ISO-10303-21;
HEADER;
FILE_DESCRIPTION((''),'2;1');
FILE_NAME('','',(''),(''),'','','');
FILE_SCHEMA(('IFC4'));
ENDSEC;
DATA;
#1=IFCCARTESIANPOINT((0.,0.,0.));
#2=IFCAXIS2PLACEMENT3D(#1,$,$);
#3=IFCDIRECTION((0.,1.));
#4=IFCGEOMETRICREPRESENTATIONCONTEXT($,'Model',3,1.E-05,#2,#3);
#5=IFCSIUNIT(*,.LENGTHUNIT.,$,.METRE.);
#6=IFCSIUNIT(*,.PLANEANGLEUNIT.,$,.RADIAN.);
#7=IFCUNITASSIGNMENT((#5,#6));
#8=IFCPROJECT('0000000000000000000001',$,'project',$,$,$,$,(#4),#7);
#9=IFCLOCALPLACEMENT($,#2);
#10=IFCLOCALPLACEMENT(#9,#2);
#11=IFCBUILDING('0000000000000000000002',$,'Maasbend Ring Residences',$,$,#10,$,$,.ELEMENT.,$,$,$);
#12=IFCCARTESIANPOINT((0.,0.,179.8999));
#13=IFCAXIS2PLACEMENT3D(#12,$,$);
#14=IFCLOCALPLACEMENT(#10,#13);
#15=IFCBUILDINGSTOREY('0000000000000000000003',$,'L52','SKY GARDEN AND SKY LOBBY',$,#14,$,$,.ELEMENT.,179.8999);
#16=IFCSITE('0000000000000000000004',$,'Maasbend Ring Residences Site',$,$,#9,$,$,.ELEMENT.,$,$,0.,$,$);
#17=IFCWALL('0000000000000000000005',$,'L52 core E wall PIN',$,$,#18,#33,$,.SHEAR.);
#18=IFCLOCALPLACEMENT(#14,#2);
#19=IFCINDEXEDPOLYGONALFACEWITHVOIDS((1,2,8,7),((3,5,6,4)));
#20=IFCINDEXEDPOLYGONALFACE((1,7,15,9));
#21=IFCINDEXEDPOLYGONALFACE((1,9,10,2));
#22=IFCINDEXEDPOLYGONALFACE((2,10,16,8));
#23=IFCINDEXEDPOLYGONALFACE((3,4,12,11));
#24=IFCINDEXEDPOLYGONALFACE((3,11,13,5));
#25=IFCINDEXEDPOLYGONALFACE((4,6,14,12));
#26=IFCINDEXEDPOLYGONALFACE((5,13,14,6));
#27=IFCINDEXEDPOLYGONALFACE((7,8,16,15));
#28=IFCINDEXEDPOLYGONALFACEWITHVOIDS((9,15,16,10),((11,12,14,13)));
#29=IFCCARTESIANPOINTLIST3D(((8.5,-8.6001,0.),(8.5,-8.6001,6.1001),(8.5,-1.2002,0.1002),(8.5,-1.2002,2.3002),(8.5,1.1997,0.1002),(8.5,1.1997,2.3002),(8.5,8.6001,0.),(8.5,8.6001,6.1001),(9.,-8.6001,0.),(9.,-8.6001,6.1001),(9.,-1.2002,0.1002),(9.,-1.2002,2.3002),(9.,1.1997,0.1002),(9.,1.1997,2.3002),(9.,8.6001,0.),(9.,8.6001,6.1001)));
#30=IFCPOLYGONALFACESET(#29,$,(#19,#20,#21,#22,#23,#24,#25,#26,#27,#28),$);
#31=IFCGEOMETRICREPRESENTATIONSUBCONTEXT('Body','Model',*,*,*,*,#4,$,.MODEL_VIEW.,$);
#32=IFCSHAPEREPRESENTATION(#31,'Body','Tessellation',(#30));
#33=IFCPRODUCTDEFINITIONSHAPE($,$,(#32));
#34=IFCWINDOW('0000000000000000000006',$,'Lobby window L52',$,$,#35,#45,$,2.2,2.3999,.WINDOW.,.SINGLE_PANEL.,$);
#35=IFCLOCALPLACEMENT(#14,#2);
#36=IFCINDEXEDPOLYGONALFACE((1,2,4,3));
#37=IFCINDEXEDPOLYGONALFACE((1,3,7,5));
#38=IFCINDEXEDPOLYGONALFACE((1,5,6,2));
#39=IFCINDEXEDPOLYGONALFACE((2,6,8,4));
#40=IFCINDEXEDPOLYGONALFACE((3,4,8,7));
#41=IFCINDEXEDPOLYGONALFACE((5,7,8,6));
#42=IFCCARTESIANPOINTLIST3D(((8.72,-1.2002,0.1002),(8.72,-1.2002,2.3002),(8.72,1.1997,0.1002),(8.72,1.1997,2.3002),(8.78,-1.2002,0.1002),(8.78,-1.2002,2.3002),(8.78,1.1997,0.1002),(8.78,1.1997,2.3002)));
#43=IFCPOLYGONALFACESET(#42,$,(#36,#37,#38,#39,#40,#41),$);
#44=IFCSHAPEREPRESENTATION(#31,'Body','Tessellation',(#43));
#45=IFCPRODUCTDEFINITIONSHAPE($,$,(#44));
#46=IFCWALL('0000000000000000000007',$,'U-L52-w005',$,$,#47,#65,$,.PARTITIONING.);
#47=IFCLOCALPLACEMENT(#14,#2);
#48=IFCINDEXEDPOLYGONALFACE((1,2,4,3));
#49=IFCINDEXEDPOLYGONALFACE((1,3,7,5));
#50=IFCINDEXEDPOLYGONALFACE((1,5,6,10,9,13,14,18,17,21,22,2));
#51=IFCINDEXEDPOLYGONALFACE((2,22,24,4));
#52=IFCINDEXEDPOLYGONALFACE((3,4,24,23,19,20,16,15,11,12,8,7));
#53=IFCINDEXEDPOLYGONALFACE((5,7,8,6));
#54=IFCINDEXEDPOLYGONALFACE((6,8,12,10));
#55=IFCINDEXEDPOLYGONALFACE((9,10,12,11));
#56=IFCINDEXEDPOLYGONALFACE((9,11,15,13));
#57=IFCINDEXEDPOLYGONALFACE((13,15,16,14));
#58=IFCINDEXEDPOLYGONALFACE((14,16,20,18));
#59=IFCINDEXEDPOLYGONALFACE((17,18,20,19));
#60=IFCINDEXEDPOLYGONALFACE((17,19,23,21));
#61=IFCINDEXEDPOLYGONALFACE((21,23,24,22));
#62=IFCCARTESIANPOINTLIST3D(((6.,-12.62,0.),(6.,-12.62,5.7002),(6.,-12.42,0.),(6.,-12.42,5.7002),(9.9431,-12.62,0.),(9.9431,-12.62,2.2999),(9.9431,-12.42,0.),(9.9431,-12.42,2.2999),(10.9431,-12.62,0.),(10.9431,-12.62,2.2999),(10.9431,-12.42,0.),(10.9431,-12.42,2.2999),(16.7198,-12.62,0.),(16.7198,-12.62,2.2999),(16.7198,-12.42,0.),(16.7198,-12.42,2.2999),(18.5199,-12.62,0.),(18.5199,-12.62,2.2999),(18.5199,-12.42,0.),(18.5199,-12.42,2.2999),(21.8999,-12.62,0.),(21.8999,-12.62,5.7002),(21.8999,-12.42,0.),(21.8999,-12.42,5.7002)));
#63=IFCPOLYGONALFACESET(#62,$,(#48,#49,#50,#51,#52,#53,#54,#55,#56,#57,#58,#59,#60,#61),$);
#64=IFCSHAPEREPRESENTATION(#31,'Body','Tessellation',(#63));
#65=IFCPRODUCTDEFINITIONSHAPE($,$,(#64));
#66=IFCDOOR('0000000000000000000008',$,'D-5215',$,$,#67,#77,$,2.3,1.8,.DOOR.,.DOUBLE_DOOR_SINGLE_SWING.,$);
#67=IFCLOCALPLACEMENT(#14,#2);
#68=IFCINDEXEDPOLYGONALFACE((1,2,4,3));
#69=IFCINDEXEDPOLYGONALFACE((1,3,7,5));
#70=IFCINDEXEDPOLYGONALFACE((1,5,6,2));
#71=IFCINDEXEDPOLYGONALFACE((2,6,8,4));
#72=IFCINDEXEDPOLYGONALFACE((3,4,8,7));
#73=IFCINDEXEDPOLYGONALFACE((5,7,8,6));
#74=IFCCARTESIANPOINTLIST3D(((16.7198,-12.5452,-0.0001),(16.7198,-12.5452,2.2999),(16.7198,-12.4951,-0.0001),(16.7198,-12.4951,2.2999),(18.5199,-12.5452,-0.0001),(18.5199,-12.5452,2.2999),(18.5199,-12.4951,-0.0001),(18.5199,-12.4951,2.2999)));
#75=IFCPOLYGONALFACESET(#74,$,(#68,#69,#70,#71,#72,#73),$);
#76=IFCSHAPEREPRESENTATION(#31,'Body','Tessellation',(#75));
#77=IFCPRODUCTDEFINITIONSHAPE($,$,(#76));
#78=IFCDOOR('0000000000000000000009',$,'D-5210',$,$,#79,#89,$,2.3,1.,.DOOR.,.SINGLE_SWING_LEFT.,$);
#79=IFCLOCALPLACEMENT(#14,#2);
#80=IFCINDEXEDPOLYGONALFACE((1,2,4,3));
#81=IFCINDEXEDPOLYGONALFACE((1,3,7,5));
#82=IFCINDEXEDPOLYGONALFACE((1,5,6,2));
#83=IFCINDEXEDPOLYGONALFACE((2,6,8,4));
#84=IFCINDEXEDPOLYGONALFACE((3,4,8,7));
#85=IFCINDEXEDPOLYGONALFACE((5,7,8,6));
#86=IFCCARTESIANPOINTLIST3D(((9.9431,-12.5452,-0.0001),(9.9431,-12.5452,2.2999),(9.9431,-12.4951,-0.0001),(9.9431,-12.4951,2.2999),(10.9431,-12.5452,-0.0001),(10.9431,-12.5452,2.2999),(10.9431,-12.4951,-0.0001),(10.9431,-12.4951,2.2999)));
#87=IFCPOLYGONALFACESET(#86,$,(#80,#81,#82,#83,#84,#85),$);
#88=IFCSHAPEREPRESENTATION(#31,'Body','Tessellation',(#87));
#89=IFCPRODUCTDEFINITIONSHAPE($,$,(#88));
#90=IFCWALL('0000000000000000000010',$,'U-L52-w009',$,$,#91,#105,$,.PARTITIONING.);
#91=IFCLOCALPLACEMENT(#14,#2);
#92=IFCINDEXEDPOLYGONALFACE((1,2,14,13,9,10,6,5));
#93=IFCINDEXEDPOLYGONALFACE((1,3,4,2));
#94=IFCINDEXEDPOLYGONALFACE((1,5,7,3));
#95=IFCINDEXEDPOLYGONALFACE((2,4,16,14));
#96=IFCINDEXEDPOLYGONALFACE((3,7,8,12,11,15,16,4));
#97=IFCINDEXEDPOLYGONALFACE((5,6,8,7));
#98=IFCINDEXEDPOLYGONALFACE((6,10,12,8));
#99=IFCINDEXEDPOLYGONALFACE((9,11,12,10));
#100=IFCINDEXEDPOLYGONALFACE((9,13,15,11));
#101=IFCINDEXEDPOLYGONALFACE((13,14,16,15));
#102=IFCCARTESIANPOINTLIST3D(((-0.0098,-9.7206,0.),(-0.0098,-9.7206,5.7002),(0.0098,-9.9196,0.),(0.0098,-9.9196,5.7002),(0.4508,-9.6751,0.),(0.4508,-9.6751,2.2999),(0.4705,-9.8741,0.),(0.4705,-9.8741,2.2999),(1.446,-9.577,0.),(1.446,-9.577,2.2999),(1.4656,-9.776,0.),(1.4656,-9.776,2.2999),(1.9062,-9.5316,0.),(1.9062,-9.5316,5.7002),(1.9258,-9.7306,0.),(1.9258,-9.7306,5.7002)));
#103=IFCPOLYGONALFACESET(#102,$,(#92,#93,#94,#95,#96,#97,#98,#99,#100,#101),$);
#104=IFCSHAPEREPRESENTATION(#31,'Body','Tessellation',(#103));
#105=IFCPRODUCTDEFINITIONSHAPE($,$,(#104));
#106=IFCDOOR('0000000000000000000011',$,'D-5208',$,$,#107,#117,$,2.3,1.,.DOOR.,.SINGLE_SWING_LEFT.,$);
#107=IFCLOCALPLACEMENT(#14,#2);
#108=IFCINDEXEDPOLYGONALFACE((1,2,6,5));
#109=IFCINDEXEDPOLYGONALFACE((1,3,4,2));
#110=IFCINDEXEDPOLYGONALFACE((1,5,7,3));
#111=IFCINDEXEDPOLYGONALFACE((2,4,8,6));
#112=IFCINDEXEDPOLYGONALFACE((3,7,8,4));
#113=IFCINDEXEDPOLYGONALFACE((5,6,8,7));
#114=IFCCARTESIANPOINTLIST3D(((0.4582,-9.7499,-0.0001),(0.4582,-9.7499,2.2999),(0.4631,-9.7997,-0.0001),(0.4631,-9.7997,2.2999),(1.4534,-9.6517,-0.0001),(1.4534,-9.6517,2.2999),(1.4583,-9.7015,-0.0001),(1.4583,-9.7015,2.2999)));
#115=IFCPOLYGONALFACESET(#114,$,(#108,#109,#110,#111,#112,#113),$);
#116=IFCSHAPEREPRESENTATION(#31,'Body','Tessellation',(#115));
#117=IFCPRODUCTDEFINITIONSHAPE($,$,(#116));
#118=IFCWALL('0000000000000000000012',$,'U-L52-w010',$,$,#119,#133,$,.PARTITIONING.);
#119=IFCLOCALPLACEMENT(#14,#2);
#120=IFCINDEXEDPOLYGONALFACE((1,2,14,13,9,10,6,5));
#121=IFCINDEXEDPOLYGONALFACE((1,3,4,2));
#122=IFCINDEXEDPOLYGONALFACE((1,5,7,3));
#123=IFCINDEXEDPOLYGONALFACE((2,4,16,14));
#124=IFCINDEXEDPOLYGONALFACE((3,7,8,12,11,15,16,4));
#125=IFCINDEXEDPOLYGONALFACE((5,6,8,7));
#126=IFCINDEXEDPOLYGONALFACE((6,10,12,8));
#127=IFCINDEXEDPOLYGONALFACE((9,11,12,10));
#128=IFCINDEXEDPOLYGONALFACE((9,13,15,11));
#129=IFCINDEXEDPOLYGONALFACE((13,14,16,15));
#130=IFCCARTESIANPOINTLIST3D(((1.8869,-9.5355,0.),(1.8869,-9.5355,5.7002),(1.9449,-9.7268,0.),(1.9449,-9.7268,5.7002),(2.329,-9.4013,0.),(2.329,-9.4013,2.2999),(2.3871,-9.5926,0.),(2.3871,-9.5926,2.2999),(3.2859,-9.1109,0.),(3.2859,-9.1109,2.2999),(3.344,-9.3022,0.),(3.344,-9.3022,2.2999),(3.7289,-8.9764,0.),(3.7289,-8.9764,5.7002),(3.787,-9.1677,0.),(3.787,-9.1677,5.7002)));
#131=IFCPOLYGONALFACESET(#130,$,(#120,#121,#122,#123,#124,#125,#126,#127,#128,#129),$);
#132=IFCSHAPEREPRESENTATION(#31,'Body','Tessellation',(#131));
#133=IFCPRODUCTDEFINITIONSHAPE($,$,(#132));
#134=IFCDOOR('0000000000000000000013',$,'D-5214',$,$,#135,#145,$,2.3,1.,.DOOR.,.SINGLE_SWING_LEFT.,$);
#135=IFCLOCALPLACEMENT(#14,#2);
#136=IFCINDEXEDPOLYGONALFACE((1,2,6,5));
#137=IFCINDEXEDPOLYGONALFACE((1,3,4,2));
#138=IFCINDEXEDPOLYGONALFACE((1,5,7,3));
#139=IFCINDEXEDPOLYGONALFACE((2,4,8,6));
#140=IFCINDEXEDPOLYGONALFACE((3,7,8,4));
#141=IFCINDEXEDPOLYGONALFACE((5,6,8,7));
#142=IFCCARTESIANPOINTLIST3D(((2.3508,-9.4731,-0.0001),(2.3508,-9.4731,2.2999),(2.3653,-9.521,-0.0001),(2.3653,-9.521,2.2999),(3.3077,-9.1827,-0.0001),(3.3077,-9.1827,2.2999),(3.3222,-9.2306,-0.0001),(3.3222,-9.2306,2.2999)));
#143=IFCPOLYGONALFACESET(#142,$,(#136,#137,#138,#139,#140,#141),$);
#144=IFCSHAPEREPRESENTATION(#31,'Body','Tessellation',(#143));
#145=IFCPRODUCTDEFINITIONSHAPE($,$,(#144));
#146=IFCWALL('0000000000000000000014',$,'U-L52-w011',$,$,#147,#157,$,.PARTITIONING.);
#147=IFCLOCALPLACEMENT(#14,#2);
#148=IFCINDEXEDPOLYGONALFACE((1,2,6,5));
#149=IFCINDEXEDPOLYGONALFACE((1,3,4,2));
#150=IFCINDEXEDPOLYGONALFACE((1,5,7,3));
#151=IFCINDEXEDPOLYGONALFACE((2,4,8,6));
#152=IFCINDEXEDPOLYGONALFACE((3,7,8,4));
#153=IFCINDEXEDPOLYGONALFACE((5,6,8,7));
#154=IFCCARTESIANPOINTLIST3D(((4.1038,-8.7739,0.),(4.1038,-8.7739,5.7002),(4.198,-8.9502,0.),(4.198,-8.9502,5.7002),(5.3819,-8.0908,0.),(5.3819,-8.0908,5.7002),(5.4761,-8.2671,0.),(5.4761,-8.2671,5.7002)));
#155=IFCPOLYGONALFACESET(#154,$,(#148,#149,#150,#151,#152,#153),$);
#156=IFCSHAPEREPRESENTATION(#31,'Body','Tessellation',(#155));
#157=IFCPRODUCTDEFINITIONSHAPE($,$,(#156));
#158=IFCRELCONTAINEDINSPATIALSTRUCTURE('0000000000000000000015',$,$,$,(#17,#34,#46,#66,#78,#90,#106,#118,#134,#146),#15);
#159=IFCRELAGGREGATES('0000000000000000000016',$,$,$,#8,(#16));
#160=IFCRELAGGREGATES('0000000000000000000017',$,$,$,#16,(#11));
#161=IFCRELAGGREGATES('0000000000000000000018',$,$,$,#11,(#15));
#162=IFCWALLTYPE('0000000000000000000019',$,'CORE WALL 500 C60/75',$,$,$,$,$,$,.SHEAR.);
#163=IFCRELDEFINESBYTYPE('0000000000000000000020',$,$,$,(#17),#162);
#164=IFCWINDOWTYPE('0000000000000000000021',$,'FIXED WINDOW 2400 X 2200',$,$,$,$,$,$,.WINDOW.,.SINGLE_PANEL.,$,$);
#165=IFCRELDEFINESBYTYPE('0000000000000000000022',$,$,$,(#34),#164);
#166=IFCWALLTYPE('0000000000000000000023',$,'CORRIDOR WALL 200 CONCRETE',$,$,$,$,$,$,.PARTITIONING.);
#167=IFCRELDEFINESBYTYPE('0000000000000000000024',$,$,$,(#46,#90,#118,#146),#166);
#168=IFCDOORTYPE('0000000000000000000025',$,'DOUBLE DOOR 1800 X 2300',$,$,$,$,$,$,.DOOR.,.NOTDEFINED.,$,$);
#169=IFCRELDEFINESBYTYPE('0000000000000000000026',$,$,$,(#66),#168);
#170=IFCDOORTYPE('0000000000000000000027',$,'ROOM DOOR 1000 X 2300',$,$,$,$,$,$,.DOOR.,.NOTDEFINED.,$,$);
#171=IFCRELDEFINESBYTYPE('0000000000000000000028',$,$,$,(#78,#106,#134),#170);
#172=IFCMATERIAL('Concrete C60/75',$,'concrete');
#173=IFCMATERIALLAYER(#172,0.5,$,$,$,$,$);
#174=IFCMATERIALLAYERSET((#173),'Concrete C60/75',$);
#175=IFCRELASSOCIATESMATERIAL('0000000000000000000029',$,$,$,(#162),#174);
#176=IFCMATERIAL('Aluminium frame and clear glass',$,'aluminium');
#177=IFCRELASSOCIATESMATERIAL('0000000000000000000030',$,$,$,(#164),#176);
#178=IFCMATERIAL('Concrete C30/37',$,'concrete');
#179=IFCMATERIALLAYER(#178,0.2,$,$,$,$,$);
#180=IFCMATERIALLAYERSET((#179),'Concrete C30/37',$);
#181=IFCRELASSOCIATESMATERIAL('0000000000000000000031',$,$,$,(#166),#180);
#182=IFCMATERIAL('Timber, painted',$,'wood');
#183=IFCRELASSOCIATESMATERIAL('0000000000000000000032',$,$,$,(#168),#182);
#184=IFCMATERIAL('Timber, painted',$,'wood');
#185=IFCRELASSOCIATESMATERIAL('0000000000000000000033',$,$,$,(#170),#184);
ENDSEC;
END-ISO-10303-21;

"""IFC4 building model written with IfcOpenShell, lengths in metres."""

from ifc_helpers import new_model, si_unit, direction, frame, frame_2d, origin, place, context, subcontext, project, spatial, rectangle, extrude, material, layer, layer_set, type_object, element, fill, save


model = new_model("IFC4")

# Units and contexts
model_context = context("Model", 3, precision=1e-05, world=origin(), true_north=direction((0.0, 1.0)))
body_context = subcontext(model_context, "Body", "Model", "MODEL_VIEW")
ifc_project = project(units=[si_unit("LENGTHUNIT", "METRE"), si_unit("PLANEANGLEUNIT", "RADIAN")], contexts=[model_context])

# Site, building, storey
site_placement = place(None, origin())
site = spatial("IfcSite", under=ifc_project, at=site_placement, Name="Maasbend Ring Residences Site", CompositionType="ELEMENT", RefElevation=0.0)
building_placement = place(site_placement, origin())
building = spatial("IfcBuilding", under=site, at=building_placement, Name="Maasbend Ring Residences", CompositionType="ELEMENT")
storey_placement = place(building_placement, frame((0.0, 0.0, 179.8999)))
storey = spatial("IfcBuildingStorey", under=building, at=storey_placement, Name="L52", Description="SKY GARDEN AND SKY LOBBY", CompositionType="ELEMENT", Elevation=179.8999)

# Shared definitions
ifc_material_1 = material(Name="Concrete C60/75", Category="concrete")
ifc_layer_1 = layer(ifc_material_1, 0.5)
ifc_layer_set_1 = layer_set([ifc_layer_1], Name="Concrete C60/75")
wall_type_1 = type_object("IfcWallType", Name="CORE WALL 500 C60/75", PredefinedType="SHEAR", material=ifc_layer_set_1)

# Wall, opening, window
wall_1_placement = place(storey_placement, frame((8.75, -8.6001, 0.0), z_axis=(0.0, 0.0, 1.0), x_axis=(0.0, 1.0, 0.0)))
wall_1 = element("IfcWall", 1, at=wall_1_placement, inside=storey, type_object=wall_type_1, Name="L52 core E wall PIN", PredefinedType="SHEAR", context=body_context, shape_type="SweptSolid", body=[
    extrude(rectangle(XDim=17.2002, YDim=0.5, at=frame_2d((8.6001, 0.0))), origin(), (0.0, 0.0, 1.0), 6.1001),
])
opening_1_placement = place(wall_1_placement, frame((7.3999, 0.0, 0.1001)))
opening_1 = element("IfcOpeningElement", 2, at=opening_1_placement, cuts=wall_1, PredefinedType="OPENING", context=body_context, shape_type="SweptSolid", body=[
    extrude(rectangle(XDim=2.3999, YDim=2.2, at=frame_2d((1.2, 1.1001))), frame((0.0, 0.26, 0.0), z_axis=(0.0, -1.0, 0.0), x_axis=(1.0, 0.0, 0.0)), (0.0, 0.0, 1.0), 0.52),
])
ifc_material_2 = material(Name="Aluminium frame and clear glass", Category="aluminium")
window_type = type_object("IfcWindowType", Name="FIXED WINDOW 2400 X 2200", PartitioningType="SINGLE_PANEL", PredefinedType="WINDOW", material=ifc_material_2)
window_placement = place(opening_1_placement, origin())
window = element("IfcWindow", 3, at=window_placement, inside=storey, type_object=window_type, Name="Lobby window L52", OverallHeight=2.2, OverallWidth=2.3999, PartitioningType="SINGLE_PANEL", PredefinedType="WINDOW", context=body_context, shape_type="SweptSolid", body=[
    extrude(rectangle(XDim=2.3999, YDim=2.2, at=frame_2d((1.2, 1.1001))), frame((0.0, 0.03, 0.0), z_axis=(0.0, -1.0, 0.0), x_axis=(1.0, 0.0, 0.0)), (0.0, 0.0, 1.0), 0.0601),
])
fill(opening_1, window)

# Wall, openings, doors
ifc_material_3 = material(Name="Concrete C30/37", Category="concrete")
ifc_layer_2 = layer(ifc_material_3, 0.2)
ifc_layer_set_2 = layer_set([ifc_layer_2], Name="Concrete C30/37")
wall_type_2 = type_object("IfcWallType", Name="CORRIDOR WALL 200 CONCRETE", PredefinedType="PARTITIONING", material=ifc_layer_set_2)
wall_2_placement = place(storey_placement, frame((6.0, -12.52, 0.0), z_axis=(0.0, 0.0, 1.0), x_axis=(1.0, 0.0, 0.0)))
wall_2 = element("IfcWall", 4, at=wall_2_placement, inside=storey, type_object=wall_type_2, Name="U-L52-w005", PredefinedType="PARTITIONING", context=body_context, shape_type="SweptSolid", body=[
    extrude(rectangle(XDim=15.8999, YDim=0.2, at=frame_2d((7.95, 0.0))), origin(), (0.0, 0.0, 1.0), 5.7002),
])
opening_2_placement = place(wall_2_placement, frame((3.9431, 0.0, 0.0)))
opening_2 = element("IfcOpeningElement", 5, at=opening_2_placement, cuts=wall_2, PredefinedType="OPENING", context=body_context, shape_type="SweptSolid", body=[
    extrude(rectangle(XDim=1.0, YDim=2.3, at=frame_2d((0.5, 1.1499))), frame((0.0, 0.1099, 0.0), z_axis=(0.0, -1.0, 0.0), x_axis=(1.0, 0.0, 0.0)), (0.0, 0.0, 1.0), 0.22),
])
opening_3_placement = place(wall_2_placement, frame((10.72, 0.0, 0.0)))
opening_3 = element("IfcOpeningElement", 6, at=opening_3_placement, cuts=wall_2, PredefinedType="OPENING", context=body_context, shape_type="SweptSolid", body=[
    extrude(rectangle(XDim=1.8, YDim=2.3, at=frame_2d((0.8999, 1.1499))), frame((0.0, 0.1099, 0.0), z_axis=(0.0, -1.0, 0.0), x_axis=(1.0, 0.0, 0.0)), (0.0, 0.0, 1.0), 0.22),
])
ifc_material_4 = material(Name="Timber, painted", Category="wood")
door_type_1 = type_object("IfcDoorType", Name="DOUBLE DOOR 1800 X 2300", OperationType="NOTDEFINED", PredefinedType="DOOR", material=ifc_material_4)
door_1_placement = place(opening_3_placement, origin())
door_1 = element("IfcDoor", 7, at=door_1_placement, inside=storey, type_object=door_type_1, Name="D-5215", OperationType="DOUBLE_DOOR_SINGLE_SWING", OverallHeight=2.3, OverallWidth=1.8, PredefinedType="DOOR", context=body_context, shape_type="SweptSolid", body=[
    extrude(rectangle(XDim=1.8, YDim=2.3, at=frame_2d((0.8999, 1.1499))), frame((0.0, 0.0249, 0.0), z_axis=(0.0, -1.0, 0.0), x_axis=(1.0, 0.0, 0.0)), (0.0, 0.0, 1.0), 0.05),
])
fill(opening_3, door_1)
ifc_material_5 = material(Name="Timber, painted", Category="wood")
door_type_2 = type_object("IfcDoorType", Name="ROOM DOOR 1000 X 2300", OperationType="NOTDEFINED", PredefinedType="DOOR", material=ifc_material_5)
door_2_placement = place(opening_2_placement, origin())
door_2 = element("IfcDoor", 8, at=door_2_placement, inside=storey, type_object=door_type_2, Name="D-5210", OperationType="SINGLE_SWING_LEFT", OverallHeight=2.3, OverallWidth=1.0, PredefinedType="DOOR", context=body_context, shape_type="SweptSolid", body=[
    extrude(rectangle(XDim=1.0, YDim=2.3, at=frame_2d((0.5, 1.1499))), frame((0.0, 0.0249, 0.0), z_axis=(0.0, -1.0, 0.0), x_axis=(1.0, 0.0, 0.0)), (0.0, 0.0, 1.0), 0.05),
])
fill(opening_2, door_2)

# Walls, openings, doors
wall_3_placement = place(storey_placement, frame((0.0, -9.8201, 0.0), z_axis=(0.0, 0.0, 1.0), x_axis=(0.995172, 0.098148, 0.0)))
wall_3 = element("IfcWall", 9, at=wall_3_placement, inside=storey, type_object=wall_type_2, Name="U-L52-w009", PredefinedType="PARTITIONING", context=body_context, shape_type="SweptSolid", body=[
    extrude(rectangle(XDim=1.9253, YDim=0.2, at=frame_2d((0.9626, 0.0))), origin(), (0.0, 0.0, 1.0), 5.7002),
])
opening_4_placement = place(wall_3_placement, frame((0.4629, 0.0, 0.0)))
opening_4 = element("IfcOpeningElement", 10, at=opening_4_placement, cuts=wall_3, PredefinedType="OPENING", context=body_context, shape_type="SweptSolid", body=[
    extrude(rectangle(XDim=1.0, YDim=2.3, at=frame_2d((0.5, 1.1499))), frame((0.0, 0.1099, 0.0), z_axis=(0.0, -1.0, 0.0), x_axis=(1.0, 0.0, 0.0)), (0.0, 0.0, 1.0), 0.22),
])
door_3_placement = place(opening_4_placement, origin())
door_3 = element("IfcDoor", 11, at=door_3_placement, inside=storey, type_object=door_type_2, Name="D-5208", OperationType="SINGLE_SWING_LEFT", OverallHeight=2.3, OverallWidth=1.0, PredefinedType="DOOR", context=body_context, shape_type="SweptSolid", body=[
    extrude(rectangle(XDim=1.0, YDim=2.3, at=frame_2d((0.5, 1.1499))), frame((0.0, 0.0249, 0.0), z_axis=(0.0, -1.0, 0.0), x_axis=(1.0, 0.0, 0.0)), (0.0, 0.0, 1.0), 0.05),
])
fill(opening_4, door_3)
wall_4_placement = place(storey_placement, frame((1.916, -9.6311, 0.0), z_axis=(0.0, 0.0, 1.0), x_axis=(0.956896, 0.29043, 0.0)))
wall_4 = element("IfcWall", 12, at=wall_4_placement, inside=storey, type_object=wall_type_2, Name="U-L52-w010", PredefinedType="PARTITIONING", context=body_context, shape_type="SweptSolid", body=[
    extrude(rectangle(XDim=1.925, YDim=0.2, at=frame_2d((0.9624, 0.0))), origin(), (0.0, 0.0, 1.0), 5.7002),
])
opening_5_placement = place(wall_4_placement, frame((0.4619, 0.0, 0.0)))
opening_5 = element("IfcOpeningElement", 13, at=opening_5_placement, cuts=wall_4, PredefinedType="OPENING", context=body_context, shape_type="SweptSolid", body=[
    extrude(rectangle(XDim=1.0, YDim=2.3, at=frame_2d((0.5, 1.1499))), frame((0.0, 0.1099, 0.0), z_axis=(0.0, -1.0, 0.0), x_axis=(1.0, 0.0, 0.0)), (0.0, 0.0, 1.0), 0.22),
])
door_4_placement = place(opening_5_placement, origin())
door_4 = element("IfcDoor", 14, at=door_4_placement, inside=storey, type_object=door_type_2, Name="D-5214", OperationType="SINGLE_SWING_LEFT", OverallHeight=2.3, OverallWidth=1.0, PredefinedType="DOOR", context=body_context, shape_type="SweptSolid", body=[
    extrude(rectangle(XDim=1.0, YDim=2.3, at=frame_2d((0.5, 1.1499))), frame((0.0, 0.0249, 0.0), z_axis=(0.0, -1.0, 0.0), x_axis=(1.0, 0.0, 0.0)), (0.0, 0.0, 1.0), 0.05),
])
fill(opening_5, door_4)

# Wall
wall_5_placement = place(storey_placement, frame((4.1509, -8.8621, 0.0), z_axis=(0.0, 0.0, 1.0), x_axis=(0.881933, 0.471375, 0.0)))
element("IfcWall", 15, at=wall_5_placement, inside=storey, type_object=wall_type_2, Name="U-L52-w011", PredefinedType="PARTITIONING", context=body_context, shape_type="SweptSolid", body=[
    extrude(rectangle(XDim=1.4492, YDim=0.2, at=frame_2d((0.7246, 0.0))), origin(), (0.0, 0.0, 1.0), 5.7002),
])

save(model, "model.ifc")
